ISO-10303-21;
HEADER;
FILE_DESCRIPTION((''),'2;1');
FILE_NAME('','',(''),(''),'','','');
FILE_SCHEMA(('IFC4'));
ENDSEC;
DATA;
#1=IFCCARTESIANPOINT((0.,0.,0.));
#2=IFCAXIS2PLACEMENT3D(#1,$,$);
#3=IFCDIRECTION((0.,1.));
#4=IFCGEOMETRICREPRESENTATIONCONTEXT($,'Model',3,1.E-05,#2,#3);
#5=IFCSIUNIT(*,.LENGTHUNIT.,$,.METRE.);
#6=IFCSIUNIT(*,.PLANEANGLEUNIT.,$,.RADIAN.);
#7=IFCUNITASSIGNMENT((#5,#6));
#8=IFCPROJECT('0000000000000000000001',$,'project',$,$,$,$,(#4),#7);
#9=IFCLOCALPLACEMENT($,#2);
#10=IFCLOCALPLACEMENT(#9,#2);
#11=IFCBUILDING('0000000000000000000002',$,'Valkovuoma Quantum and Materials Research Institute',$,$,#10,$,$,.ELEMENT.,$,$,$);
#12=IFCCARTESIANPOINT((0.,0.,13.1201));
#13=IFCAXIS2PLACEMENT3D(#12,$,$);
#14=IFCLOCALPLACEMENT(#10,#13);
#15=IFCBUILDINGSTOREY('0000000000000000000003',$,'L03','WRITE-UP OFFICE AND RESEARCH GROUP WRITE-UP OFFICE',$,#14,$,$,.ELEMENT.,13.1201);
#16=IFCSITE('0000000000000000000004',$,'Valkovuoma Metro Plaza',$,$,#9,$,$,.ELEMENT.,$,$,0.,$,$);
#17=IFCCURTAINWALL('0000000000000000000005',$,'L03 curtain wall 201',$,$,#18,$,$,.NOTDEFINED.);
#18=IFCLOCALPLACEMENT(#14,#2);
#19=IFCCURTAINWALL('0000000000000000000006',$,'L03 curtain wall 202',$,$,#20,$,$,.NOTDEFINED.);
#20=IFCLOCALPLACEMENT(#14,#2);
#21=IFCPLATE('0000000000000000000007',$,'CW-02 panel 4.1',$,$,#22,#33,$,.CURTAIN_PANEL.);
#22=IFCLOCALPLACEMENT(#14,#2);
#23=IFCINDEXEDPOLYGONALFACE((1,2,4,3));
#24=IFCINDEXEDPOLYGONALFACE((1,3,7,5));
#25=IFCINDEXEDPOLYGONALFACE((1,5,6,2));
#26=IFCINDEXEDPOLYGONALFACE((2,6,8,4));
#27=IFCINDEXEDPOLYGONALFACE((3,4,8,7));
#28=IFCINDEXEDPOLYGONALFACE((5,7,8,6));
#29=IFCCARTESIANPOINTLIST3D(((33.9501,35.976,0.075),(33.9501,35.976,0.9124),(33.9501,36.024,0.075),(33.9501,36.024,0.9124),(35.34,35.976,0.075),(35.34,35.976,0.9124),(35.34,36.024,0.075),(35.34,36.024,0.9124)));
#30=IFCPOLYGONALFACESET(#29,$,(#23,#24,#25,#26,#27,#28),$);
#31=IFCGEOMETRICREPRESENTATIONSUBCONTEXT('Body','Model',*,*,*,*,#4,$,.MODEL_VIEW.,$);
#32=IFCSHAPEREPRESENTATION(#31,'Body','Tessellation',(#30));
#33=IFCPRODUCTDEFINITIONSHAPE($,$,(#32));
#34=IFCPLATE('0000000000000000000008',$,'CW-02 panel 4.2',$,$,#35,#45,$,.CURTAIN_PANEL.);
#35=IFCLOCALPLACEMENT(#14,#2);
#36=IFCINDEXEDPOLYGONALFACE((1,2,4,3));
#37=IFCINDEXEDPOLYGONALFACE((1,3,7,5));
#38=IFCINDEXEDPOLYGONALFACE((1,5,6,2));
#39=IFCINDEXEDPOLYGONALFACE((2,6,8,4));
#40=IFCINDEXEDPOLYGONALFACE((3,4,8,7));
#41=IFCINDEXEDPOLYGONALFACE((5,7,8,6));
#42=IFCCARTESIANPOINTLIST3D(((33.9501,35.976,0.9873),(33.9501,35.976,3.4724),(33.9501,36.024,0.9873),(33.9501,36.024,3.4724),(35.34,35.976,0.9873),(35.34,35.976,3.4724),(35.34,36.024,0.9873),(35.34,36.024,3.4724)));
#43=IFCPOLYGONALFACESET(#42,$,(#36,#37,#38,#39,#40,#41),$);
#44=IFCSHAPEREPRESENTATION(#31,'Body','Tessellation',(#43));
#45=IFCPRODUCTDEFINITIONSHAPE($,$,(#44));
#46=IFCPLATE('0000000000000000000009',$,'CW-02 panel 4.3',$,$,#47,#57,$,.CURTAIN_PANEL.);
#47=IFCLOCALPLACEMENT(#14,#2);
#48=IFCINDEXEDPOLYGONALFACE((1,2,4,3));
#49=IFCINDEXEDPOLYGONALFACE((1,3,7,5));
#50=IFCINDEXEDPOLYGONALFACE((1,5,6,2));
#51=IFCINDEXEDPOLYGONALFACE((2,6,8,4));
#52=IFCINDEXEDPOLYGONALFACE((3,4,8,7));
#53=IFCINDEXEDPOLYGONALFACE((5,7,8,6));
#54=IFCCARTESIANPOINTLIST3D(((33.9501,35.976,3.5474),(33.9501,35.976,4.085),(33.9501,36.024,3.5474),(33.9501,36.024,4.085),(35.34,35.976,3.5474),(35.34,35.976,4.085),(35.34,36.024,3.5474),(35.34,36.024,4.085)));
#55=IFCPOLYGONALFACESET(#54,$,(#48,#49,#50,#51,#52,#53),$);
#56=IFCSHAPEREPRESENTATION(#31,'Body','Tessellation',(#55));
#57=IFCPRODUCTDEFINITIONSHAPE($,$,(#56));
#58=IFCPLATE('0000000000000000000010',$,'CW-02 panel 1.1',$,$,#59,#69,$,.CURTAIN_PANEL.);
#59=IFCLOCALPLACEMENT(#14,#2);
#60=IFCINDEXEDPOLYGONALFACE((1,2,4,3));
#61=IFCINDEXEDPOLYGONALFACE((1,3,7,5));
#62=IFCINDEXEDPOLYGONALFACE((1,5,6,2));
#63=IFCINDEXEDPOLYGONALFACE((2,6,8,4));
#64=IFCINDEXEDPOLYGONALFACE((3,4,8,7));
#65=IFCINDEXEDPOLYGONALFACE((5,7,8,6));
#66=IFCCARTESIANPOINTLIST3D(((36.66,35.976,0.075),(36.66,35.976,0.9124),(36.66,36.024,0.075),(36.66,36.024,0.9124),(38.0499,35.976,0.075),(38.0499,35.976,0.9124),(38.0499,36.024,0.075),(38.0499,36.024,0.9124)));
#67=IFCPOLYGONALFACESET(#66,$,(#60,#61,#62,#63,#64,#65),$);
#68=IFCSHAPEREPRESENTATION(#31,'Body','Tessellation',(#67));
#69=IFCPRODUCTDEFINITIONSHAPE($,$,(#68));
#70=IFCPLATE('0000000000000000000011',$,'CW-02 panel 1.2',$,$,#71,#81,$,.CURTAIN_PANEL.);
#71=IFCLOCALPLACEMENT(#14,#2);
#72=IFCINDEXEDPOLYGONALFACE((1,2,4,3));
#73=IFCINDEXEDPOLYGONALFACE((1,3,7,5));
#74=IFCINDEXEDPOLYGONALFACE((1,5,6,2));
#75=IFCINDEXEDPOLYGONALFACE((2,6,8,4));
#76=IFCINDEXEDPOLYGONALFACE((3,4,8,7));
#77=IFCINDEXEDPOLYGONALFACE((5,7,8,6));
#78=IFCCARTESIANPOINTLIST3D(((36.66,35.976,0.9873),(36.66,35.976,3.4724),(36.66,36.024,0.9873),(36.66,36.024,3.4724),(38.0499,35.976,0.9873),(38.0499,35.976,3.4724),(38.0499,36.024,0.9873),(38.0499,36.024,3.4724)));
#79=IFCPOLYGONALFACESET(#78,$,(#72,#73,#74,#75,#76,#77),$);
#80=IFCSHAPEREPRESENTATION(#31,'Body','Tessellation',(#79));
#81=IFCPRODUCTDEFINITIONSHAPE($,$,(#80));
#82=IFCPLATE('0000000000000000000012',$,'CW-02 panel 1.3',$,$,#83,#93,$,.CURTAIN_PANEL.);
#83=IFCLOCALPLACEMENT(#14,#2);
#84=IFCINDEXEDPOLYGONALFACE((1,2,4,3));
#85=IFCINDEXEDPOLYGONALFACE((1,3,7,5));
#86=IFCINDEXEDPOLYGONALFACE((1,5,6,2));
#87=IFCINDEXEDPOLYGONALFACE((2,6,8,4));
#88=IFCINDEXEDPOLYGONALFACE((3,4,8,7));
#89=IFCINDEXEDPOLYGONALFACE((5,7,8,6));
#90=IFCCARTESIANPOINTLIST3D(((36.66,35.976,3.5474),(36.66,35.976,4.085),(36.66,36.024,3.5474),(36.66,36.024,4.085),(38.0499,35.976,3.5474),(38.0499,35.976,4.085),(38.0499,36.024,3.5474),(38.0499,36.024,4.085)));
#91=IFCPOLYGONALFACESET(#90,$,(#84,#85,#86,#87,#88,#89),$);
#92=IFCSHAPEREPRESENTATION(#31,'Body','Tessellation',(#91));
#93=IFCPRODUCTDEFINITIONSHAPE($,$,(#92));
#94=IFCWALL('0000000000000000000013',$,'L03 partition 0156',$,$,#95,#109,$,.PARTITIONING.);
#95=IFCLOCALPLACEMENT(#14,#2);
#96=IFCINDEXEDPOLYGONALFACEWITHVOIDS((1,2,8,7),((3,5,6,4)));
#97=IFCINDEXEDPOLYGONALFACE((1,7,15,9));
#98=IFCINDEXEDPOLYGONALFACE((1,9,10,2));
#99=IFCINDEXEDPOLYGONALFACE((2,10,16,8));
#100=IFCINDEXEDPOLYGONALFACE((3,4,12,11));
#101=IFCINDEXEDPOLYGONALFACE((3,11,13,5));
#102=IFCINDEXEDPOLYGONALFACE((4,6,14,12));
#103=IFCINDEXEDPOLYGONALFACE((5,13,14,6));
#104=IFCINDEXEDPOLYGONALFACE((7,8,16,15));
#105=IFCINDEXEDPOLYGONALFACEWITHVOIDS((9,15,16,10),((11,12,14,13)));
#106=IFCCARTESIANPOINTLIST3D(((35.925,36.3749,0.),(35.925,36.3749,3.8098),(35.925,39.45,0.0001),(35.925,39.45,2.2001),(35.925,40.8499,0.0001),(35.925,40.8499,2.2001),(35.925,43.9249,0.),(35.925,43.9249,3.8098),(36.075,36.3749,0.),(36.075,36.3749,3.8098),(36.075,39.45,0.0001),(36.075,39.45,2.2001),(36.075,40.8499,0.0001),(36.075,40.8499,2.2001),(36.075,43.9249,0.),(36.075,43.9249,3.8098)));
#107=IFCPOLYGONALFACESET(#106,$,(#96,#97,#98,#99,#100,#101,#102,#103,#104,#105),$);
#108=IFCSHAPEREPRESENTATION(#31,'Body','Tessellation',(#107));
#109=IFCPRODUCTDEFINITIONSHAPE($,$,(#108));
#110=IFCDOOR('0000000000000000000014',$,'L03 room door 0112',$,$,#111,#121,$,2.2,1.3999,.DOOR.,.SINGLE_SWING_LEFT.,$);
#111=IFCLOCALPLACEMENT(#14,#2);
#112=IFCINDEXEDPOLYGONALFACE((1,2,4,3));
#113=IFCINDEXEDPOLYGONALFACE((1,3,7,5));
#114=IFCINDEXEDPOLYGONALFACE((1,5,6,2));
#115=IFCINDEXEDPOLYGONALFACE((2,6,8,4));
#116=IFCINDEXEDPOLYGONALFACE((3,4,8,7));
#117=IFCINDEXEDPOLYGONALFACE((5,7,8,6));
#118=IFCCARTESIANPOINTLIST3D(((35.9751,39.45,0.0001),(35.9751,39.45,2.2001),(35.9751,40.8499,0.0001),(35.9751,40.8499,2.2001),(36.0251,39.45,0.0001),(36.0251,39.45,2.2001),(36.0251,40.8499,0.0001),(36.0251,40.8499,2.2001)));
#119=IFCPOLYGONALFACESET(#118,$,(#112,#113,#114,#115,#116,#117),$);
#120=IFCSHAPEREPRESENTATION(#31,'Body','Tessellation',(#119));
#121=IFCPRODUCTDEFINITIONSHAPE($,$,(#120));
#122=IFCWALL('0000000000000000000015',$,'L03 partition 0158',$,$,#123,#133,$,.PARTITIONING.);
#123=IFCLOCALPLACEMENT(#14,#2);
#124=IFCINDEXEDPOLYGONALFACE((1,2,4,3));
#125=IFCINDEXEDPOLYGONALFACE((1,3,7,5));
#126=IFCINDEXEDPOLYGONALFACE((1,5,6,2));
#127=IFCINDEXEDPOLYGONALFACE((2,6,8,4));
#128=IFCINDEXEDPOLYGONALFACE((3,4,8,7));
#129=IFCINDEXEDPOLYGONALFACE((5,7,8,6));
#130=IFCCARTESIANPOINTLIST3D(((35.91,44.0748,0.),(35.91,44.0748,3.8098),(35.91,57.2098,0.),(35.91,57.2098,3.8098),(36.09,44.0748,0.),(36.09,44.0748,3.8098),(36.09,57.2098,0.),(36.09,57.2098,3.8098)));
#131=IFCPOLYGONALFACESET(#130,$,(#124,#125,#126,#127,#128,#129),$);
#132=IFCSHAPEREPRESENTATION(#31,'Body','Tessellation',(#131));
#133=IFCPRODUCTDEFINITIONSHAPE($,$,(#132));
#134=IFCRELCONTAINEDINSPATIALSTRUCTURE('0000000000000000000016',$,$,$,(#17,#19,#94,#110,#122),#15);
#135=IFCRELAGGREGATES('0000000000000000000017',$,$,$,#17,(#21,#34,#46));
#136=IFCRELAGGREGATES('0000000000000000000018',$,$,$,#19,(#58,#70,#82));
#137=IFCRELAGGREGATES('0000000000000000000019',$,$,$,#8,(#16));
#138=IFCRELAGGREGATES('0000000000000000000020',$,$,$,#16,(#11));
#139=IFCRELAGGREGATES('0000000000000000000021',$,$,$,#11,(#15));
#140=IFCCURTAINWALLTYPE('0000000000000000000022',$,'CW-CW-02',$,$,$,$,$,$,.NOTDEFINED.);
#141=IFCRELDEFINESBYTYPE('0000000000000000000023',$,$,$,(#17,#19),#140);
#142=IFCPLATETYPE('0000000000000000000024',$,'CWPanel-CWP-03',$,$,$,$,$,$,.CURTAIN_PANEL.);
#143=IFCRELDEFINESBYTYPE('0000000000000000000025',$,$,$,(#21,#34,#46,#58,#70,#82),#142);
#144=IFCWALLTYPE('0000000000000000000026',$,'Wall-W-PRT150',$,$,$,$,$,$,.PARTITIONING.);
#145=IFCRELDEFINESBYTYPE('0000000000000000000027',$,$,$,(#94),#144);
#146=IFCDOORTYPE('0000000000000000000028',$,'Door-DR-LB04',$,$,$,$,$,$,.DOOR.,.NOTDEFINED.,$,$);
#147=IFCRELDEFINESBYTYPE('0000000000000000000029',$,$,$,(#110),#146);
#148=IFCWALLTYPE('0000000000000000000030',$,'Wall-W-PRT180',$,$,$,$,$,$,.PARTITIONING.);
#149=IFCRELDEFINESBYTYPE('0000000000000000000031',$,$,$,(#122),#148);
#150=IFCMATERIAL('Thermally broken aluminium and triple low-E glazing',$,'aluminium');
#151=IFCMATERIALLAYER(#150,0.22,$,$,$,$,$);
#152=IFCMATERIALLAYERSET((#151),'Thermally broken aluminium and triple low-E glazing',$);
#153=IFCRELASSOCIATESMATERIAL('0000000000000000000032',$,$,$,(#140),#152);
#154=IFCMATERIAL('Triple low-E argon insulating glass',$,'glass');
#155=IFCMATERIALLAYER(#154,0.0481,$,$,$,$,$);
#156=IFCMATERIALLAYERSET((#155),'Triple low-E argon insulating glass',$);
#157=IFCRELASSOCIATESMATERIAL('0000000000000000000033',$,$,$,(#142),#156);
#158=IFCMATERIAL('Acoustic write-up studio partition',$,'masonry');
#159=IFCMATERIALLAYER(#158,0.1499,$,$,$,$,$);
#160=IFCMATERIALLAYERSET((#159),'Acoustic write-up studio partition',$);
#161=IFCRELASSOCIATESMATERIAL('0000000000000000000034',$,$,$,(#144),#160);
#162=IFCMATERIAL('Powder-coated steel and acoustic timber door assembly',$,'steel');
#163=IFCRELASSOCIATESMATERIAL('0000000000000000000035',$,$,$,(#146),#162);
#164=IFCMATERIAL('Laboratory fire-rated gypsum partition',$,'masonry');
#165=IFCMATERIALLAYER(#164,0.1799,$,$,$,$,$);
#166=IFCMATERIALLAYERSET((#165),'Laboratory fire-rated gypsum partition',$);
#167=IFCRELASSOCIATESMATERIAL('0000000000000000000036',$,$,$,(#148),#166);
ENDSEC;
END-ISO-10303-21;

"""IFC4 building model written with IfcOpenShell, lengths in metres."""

from ifc_helpers import new_model, si_unit, direction, frame, frame_2d, origin, origin_2d, place, context, subcontext, project, spatial, rectangle, extrude, material, layer, layer_set, type_object, element, fill, aggregate, save


model = new_model("IFC4")

# Units and contexts
model_context = context("Model", 3, precision=1e-05, world=origin(), true_north=direction((0.0, 1.0)))
body_context = subcontext(model_context, "Body", "Model", "MODEL_VIEW")
ifc_project = project(units=[si_unit("LENGTHUNIT", "METRE"), si_unit("PLANEANGLEUNIT", "RADIAN")], contexts=[model_context])

# Site, building, storey
site_placement = place(None, origin())
site = spatial("IfcSite", under=ifc_project, at=site_placement, Name="Valkovuoma Metro Plaza", CompositionType="ELEMENT", RefElevation=0.0)
building_placement = place(site_placement, origin())
building = spatial("IfcBuilding", under=site, at=building_placement, Name="Valkovuoma Quantum and Materials Research Institute", CompositionType="ELEMENT")
storey_placement = place(building_placement, frame((0.0, 0.0, 13.1201)))
storey = spatial("IfcBuildingStorey", under=building, at=storey_placement, Name="L03", Description="WRITE-UP OFFICE AND RESEARCH GROUP WRITE-UP OFFICE", CompositionType="ELEMENT", Elevation=13.1201)

# Curtain walls
ifc_material_1 = material(Name="Thermally broken aluminium and triple low-E glazing", Category="aluminium")
ifc_layer_1 = layer(ifc_material_1, 0.22)
ifc_layer_set_1 = layer_set([ifc_layer_1], Name="Thermally broken aluminium and triple low-E glazing")
curtain_wall_type = type_object("IfcCurtainWallType", Name="CW-CW-02", PredefinedType="NOTDEFINED", material=ifc_layer_set_1)
curtain_wall_1_placement = place(storey_placement, origin())
curtain_wall_1 = element("IfcCurtainWall", 1, at=curtain_wall_1_placement, inside=storey, type_object=curtain_wall_type, Name="L03 curtain wall 201", PredefinedType="NOTDEFINED")
curtain_wall_2_placement = place(storey_placement, origin())
curtain_wall_2 = element("IfcCurtainWall", 2, at=curtain_wall_2_placement, inside=storey, type_object=curtain_wall_type, Name="L03 curtain wall 202", PredefinedType="NOTDEFINED")

# Plates
ifc_material_2 = material(Name="Triple low-E argon insulating glass", Category="glass")
ifc_layer_2 = layer(ifc_material_2, 0.0481)
ifc_layer_set_2 = layer_set([ifc_layer_2], Name="Triple low-E argon insulating glass")
plate_type = type_object("IfcPlateType", Name="CWPanel-CWP-03", PredefinedType="CURTAIN_PANEL", material=ifc_layer_set_2)
plate_1_placement = place(storey_placement, frame((34.645, 36.0, 0.075), z_axis=(0.0, 0.0, 1.0), x_axis=(1.0, 0.0, 0.0)))
plate_1 = element("IfcPlate", 3, at=plate_1_placement, type_object=plate_type, Name="CW-02 panel 4.1", PredefinedType="CURTAIN_PANEL", context=body_context, shape_type="SweptSolid", body=[
    extrude(rectangle(XDim=1.3899, YDim=0.0481, at=origin_2d()), origin(), (0.0, 0.0, 1.0), 0.8374),
])
plate_2_placement = place(storey_placement, frame((34.645, 36.0, 0.9873), z_axis=(0.0, 0.0, 1.0), x_axis=(1.0, 0.0, 0.0)))
plate_2 = element("IfcPlate", 4, at=plate_2_placement, type_object=plate_type, Name="CW-02 panel 4.2", PredefinedType="CURTAIN_PANEL", context=body_context, shape_type="SweptSolid", body=[
    extrude(rectangle(XDim=1.3899, YDim=0.0481, at=origin_2d()), origin(), (0.0, 0.0, 1.0), 2.4851),
])
plate_3_placement = place(storey_placement, frame((34.645, 36.0, 3.5474), z_axis=(0.0, 0.0, 1.0), x_axis=(1.0, 0.0, 0.0)))
plate_3 = element("IfcPlate", 5, at=plate_3_placement, type_object=plate_type, Name="CW-02 panel 4.3", PredefinedType="CURTAIN_PANEL", context=body_context, shape_type="SweptSolid", body=[
    extrude(rectangle(XDim=1.3899, YDim=0.0481, at=origin_2d()), origin(), (0.0, 0.0, 1.0), 0.5376),
])
aggregate(curtain_wall_1, [plate_1, plate_2, plate_3])
plate_4_placement = place(storey_placement, frame((37.355, 36.0, 0.075), z_axis=(0.0, 0.0, 1.0), x_axis=(1.0, 0.0, 0.0)))
plate_4 = element("IfcPlate", 6, at=plate_4_placement, type_object=plate_type, Name="CW-02 panel 1.1", PredefinedType="CURTAIN_PANEL", context=body_context, shape_type="SweptSolid", body=[
    extrude(rectangle(XDim=1.3899, YDim=0.0481, at=origin_2d()), origin(), (0.0, 0.0, 1.0), 0.8374),
])
plate_5_placement = place(storey_placement, frame((37.355, 36.0, 0.9873), z_axis=(0.0, 0.0, 1.0), x_axis=(1.0, 0.0, 0.0)))
plate_5 = element("IfcPlate", 7, at=plate_5_placement, type_object=plate_type, Name="CW-02 panel 1.2", PredefinedType="CURTAIN_PANEL", context=body_context, shape_type="SweptSolid", body=[
    extrude(rectangle(XDim=1.3899, YDim=0.0481, at=origin_2d()), origin(), (0.0, 0.0, 1.0), 2.4851),
])
plate_6_placement = place(storey_placement, frame((37.355, 36.0, 3.5474), z_axis=(0.0, 0.0, 1.0), x_axis=(1.0, 0.0, 0.0)))
plate_6 = element("IfcPlate", 8, at=plate_6_placement, type_object=plate_type, Name="CW-02 panel 1.3", PredefinedType="CURTAIN_PANEL", context=body_context, shape_type="SweptSolid", body=[
    extrude(rectangle(XDim=1.3899, YDim=0.0481, at=origin_2d()), origin(), (0.0, 0.0, 1.0), 0.5376),
])
aggregate(curtain_wall_2, [plate_4, plate_5, plate_6])

# Wall, opening, door
ifc_material_3 = material(Name="Acoustic write-up studio partition", Category="masonry")
ifc_layer_3 = layer(ifc_material_3, 0.1499)
ifc_layer_set_3 = layer_set([ifc_layer_3], Name="Acoustic write-up studio partition")
wall_type_1 = type_object("IfcWallType", Name="Wall-W-PRT150", PredefinedType="PARTITIONING", material=ifc_layer_set_3)
wall_1_placement = place(storey_placement, frame((36.0, 36.375, 0.0), z_axis=(0.0, 0.0, 1.0), x_axis=(0.0, 1.0, 0.0)))
wall_1 = element("IfcWall", 9, at=wall_1_placement, inside=storey, type_object=wall_type_1, Name="L03 partition 0156", PredefinedType="PARTITIONING", context=body_context, shape_type="SweptSolid", body=[
    extrude(rectangle(XDim=7.55, YDim=0.1499, at=frame_2d((3.7749, 0.0))), origin(), (0.0, 0.0, 1.0), 3.8098),
])
opening_placement = place(wall_1_placement, frame((3.075, 0.0, 0.0)))
opening = element("IfcOpeningElement", 10, at=opening_placement, cuts=wall_1, PredefinedType="OPENING", context=body_context, shape_type="SweptSolid", body=[
    extrude(rectangle(XDim=1.3999, YDim=2.2, at=frame_2d((0.7, 1.1001))), frame((0.0, 0.085, 0.0), z_axis=(0.0, -1.0, 0.0), x_axis=(1.0, 0.0, 0.0)), (0.0, 0.0, 1.0), 0.1699),
])
ifc_material_4 = material(Name="Powder-coated steel and acoustic timber door assembly", Category="steel")
door_type = type_object("IfcDoorType", Name="Door-DR-LB04", OperationType="NOTDEFINED", PredefinedType="DOOR", material=ifc_material_4)
door_placement = place(opening_placement, origin())
door = element("IfcDoor", 11, at=door_placement, inside=storey, type_object=door_type, Name="L03 room door 0112", OperationType="SINGLE_SWING_LEFT", OverallHeight=2.2, OverallWidth=1.3999, PredefinedType="DOOR", context=body_context, shape_type="SweptSolid", body=[
    extrude(rectangle(XDim=1.3999, YDim=2.2, at=frame_2d((0.7, 1.1001))), frame((0.0, 0.0249, 0.0), z_axis=(0.0, -1.0, 0.0), x_axis=(1.0, 0.0, 0.0)), (0.0, 0.0, 1.0), 0.05),
])
fill(opening, door)

# Wall
ifc_material_5 = material(Name="Laboratory fire-rated gypsum partition", Category="masonry")
ifc_layer_4 = layer(ifc_material_5, 0.1799)
ifc_layer_set_4 = layer_set([ifc_layer_4], Name="Laboratory fire-rated gypsum partition")
wall_type_2 = type_object("IfcWallType", Name="Wall-W-PRT180", PredefinedType="PARTITIONING", material=ifc_layer_set_4)
wall_2_placement = place(storey_placement, frame((36.0, 44.075, 0.0), z_axis=(0.0, 0.0, 1.0), x_axis=(0.0, 1.0, 0.0)))
element("IfcWall", 12, at=wall_2_placement, inside=storey, type_object=wall_type_2, Name="L03 partition 0158", PredefinedType="PARTITIONING", context=body_context, shape_type="SweptSolid", body=[
    extrude(rectangle(XDim=13.135, YDim=0.1799, at=frame_2d((6.5674, 0.0))), origin(), (0.0, 0.0, 1.0), 3.8098),
])

save(model, "model.ifc")
